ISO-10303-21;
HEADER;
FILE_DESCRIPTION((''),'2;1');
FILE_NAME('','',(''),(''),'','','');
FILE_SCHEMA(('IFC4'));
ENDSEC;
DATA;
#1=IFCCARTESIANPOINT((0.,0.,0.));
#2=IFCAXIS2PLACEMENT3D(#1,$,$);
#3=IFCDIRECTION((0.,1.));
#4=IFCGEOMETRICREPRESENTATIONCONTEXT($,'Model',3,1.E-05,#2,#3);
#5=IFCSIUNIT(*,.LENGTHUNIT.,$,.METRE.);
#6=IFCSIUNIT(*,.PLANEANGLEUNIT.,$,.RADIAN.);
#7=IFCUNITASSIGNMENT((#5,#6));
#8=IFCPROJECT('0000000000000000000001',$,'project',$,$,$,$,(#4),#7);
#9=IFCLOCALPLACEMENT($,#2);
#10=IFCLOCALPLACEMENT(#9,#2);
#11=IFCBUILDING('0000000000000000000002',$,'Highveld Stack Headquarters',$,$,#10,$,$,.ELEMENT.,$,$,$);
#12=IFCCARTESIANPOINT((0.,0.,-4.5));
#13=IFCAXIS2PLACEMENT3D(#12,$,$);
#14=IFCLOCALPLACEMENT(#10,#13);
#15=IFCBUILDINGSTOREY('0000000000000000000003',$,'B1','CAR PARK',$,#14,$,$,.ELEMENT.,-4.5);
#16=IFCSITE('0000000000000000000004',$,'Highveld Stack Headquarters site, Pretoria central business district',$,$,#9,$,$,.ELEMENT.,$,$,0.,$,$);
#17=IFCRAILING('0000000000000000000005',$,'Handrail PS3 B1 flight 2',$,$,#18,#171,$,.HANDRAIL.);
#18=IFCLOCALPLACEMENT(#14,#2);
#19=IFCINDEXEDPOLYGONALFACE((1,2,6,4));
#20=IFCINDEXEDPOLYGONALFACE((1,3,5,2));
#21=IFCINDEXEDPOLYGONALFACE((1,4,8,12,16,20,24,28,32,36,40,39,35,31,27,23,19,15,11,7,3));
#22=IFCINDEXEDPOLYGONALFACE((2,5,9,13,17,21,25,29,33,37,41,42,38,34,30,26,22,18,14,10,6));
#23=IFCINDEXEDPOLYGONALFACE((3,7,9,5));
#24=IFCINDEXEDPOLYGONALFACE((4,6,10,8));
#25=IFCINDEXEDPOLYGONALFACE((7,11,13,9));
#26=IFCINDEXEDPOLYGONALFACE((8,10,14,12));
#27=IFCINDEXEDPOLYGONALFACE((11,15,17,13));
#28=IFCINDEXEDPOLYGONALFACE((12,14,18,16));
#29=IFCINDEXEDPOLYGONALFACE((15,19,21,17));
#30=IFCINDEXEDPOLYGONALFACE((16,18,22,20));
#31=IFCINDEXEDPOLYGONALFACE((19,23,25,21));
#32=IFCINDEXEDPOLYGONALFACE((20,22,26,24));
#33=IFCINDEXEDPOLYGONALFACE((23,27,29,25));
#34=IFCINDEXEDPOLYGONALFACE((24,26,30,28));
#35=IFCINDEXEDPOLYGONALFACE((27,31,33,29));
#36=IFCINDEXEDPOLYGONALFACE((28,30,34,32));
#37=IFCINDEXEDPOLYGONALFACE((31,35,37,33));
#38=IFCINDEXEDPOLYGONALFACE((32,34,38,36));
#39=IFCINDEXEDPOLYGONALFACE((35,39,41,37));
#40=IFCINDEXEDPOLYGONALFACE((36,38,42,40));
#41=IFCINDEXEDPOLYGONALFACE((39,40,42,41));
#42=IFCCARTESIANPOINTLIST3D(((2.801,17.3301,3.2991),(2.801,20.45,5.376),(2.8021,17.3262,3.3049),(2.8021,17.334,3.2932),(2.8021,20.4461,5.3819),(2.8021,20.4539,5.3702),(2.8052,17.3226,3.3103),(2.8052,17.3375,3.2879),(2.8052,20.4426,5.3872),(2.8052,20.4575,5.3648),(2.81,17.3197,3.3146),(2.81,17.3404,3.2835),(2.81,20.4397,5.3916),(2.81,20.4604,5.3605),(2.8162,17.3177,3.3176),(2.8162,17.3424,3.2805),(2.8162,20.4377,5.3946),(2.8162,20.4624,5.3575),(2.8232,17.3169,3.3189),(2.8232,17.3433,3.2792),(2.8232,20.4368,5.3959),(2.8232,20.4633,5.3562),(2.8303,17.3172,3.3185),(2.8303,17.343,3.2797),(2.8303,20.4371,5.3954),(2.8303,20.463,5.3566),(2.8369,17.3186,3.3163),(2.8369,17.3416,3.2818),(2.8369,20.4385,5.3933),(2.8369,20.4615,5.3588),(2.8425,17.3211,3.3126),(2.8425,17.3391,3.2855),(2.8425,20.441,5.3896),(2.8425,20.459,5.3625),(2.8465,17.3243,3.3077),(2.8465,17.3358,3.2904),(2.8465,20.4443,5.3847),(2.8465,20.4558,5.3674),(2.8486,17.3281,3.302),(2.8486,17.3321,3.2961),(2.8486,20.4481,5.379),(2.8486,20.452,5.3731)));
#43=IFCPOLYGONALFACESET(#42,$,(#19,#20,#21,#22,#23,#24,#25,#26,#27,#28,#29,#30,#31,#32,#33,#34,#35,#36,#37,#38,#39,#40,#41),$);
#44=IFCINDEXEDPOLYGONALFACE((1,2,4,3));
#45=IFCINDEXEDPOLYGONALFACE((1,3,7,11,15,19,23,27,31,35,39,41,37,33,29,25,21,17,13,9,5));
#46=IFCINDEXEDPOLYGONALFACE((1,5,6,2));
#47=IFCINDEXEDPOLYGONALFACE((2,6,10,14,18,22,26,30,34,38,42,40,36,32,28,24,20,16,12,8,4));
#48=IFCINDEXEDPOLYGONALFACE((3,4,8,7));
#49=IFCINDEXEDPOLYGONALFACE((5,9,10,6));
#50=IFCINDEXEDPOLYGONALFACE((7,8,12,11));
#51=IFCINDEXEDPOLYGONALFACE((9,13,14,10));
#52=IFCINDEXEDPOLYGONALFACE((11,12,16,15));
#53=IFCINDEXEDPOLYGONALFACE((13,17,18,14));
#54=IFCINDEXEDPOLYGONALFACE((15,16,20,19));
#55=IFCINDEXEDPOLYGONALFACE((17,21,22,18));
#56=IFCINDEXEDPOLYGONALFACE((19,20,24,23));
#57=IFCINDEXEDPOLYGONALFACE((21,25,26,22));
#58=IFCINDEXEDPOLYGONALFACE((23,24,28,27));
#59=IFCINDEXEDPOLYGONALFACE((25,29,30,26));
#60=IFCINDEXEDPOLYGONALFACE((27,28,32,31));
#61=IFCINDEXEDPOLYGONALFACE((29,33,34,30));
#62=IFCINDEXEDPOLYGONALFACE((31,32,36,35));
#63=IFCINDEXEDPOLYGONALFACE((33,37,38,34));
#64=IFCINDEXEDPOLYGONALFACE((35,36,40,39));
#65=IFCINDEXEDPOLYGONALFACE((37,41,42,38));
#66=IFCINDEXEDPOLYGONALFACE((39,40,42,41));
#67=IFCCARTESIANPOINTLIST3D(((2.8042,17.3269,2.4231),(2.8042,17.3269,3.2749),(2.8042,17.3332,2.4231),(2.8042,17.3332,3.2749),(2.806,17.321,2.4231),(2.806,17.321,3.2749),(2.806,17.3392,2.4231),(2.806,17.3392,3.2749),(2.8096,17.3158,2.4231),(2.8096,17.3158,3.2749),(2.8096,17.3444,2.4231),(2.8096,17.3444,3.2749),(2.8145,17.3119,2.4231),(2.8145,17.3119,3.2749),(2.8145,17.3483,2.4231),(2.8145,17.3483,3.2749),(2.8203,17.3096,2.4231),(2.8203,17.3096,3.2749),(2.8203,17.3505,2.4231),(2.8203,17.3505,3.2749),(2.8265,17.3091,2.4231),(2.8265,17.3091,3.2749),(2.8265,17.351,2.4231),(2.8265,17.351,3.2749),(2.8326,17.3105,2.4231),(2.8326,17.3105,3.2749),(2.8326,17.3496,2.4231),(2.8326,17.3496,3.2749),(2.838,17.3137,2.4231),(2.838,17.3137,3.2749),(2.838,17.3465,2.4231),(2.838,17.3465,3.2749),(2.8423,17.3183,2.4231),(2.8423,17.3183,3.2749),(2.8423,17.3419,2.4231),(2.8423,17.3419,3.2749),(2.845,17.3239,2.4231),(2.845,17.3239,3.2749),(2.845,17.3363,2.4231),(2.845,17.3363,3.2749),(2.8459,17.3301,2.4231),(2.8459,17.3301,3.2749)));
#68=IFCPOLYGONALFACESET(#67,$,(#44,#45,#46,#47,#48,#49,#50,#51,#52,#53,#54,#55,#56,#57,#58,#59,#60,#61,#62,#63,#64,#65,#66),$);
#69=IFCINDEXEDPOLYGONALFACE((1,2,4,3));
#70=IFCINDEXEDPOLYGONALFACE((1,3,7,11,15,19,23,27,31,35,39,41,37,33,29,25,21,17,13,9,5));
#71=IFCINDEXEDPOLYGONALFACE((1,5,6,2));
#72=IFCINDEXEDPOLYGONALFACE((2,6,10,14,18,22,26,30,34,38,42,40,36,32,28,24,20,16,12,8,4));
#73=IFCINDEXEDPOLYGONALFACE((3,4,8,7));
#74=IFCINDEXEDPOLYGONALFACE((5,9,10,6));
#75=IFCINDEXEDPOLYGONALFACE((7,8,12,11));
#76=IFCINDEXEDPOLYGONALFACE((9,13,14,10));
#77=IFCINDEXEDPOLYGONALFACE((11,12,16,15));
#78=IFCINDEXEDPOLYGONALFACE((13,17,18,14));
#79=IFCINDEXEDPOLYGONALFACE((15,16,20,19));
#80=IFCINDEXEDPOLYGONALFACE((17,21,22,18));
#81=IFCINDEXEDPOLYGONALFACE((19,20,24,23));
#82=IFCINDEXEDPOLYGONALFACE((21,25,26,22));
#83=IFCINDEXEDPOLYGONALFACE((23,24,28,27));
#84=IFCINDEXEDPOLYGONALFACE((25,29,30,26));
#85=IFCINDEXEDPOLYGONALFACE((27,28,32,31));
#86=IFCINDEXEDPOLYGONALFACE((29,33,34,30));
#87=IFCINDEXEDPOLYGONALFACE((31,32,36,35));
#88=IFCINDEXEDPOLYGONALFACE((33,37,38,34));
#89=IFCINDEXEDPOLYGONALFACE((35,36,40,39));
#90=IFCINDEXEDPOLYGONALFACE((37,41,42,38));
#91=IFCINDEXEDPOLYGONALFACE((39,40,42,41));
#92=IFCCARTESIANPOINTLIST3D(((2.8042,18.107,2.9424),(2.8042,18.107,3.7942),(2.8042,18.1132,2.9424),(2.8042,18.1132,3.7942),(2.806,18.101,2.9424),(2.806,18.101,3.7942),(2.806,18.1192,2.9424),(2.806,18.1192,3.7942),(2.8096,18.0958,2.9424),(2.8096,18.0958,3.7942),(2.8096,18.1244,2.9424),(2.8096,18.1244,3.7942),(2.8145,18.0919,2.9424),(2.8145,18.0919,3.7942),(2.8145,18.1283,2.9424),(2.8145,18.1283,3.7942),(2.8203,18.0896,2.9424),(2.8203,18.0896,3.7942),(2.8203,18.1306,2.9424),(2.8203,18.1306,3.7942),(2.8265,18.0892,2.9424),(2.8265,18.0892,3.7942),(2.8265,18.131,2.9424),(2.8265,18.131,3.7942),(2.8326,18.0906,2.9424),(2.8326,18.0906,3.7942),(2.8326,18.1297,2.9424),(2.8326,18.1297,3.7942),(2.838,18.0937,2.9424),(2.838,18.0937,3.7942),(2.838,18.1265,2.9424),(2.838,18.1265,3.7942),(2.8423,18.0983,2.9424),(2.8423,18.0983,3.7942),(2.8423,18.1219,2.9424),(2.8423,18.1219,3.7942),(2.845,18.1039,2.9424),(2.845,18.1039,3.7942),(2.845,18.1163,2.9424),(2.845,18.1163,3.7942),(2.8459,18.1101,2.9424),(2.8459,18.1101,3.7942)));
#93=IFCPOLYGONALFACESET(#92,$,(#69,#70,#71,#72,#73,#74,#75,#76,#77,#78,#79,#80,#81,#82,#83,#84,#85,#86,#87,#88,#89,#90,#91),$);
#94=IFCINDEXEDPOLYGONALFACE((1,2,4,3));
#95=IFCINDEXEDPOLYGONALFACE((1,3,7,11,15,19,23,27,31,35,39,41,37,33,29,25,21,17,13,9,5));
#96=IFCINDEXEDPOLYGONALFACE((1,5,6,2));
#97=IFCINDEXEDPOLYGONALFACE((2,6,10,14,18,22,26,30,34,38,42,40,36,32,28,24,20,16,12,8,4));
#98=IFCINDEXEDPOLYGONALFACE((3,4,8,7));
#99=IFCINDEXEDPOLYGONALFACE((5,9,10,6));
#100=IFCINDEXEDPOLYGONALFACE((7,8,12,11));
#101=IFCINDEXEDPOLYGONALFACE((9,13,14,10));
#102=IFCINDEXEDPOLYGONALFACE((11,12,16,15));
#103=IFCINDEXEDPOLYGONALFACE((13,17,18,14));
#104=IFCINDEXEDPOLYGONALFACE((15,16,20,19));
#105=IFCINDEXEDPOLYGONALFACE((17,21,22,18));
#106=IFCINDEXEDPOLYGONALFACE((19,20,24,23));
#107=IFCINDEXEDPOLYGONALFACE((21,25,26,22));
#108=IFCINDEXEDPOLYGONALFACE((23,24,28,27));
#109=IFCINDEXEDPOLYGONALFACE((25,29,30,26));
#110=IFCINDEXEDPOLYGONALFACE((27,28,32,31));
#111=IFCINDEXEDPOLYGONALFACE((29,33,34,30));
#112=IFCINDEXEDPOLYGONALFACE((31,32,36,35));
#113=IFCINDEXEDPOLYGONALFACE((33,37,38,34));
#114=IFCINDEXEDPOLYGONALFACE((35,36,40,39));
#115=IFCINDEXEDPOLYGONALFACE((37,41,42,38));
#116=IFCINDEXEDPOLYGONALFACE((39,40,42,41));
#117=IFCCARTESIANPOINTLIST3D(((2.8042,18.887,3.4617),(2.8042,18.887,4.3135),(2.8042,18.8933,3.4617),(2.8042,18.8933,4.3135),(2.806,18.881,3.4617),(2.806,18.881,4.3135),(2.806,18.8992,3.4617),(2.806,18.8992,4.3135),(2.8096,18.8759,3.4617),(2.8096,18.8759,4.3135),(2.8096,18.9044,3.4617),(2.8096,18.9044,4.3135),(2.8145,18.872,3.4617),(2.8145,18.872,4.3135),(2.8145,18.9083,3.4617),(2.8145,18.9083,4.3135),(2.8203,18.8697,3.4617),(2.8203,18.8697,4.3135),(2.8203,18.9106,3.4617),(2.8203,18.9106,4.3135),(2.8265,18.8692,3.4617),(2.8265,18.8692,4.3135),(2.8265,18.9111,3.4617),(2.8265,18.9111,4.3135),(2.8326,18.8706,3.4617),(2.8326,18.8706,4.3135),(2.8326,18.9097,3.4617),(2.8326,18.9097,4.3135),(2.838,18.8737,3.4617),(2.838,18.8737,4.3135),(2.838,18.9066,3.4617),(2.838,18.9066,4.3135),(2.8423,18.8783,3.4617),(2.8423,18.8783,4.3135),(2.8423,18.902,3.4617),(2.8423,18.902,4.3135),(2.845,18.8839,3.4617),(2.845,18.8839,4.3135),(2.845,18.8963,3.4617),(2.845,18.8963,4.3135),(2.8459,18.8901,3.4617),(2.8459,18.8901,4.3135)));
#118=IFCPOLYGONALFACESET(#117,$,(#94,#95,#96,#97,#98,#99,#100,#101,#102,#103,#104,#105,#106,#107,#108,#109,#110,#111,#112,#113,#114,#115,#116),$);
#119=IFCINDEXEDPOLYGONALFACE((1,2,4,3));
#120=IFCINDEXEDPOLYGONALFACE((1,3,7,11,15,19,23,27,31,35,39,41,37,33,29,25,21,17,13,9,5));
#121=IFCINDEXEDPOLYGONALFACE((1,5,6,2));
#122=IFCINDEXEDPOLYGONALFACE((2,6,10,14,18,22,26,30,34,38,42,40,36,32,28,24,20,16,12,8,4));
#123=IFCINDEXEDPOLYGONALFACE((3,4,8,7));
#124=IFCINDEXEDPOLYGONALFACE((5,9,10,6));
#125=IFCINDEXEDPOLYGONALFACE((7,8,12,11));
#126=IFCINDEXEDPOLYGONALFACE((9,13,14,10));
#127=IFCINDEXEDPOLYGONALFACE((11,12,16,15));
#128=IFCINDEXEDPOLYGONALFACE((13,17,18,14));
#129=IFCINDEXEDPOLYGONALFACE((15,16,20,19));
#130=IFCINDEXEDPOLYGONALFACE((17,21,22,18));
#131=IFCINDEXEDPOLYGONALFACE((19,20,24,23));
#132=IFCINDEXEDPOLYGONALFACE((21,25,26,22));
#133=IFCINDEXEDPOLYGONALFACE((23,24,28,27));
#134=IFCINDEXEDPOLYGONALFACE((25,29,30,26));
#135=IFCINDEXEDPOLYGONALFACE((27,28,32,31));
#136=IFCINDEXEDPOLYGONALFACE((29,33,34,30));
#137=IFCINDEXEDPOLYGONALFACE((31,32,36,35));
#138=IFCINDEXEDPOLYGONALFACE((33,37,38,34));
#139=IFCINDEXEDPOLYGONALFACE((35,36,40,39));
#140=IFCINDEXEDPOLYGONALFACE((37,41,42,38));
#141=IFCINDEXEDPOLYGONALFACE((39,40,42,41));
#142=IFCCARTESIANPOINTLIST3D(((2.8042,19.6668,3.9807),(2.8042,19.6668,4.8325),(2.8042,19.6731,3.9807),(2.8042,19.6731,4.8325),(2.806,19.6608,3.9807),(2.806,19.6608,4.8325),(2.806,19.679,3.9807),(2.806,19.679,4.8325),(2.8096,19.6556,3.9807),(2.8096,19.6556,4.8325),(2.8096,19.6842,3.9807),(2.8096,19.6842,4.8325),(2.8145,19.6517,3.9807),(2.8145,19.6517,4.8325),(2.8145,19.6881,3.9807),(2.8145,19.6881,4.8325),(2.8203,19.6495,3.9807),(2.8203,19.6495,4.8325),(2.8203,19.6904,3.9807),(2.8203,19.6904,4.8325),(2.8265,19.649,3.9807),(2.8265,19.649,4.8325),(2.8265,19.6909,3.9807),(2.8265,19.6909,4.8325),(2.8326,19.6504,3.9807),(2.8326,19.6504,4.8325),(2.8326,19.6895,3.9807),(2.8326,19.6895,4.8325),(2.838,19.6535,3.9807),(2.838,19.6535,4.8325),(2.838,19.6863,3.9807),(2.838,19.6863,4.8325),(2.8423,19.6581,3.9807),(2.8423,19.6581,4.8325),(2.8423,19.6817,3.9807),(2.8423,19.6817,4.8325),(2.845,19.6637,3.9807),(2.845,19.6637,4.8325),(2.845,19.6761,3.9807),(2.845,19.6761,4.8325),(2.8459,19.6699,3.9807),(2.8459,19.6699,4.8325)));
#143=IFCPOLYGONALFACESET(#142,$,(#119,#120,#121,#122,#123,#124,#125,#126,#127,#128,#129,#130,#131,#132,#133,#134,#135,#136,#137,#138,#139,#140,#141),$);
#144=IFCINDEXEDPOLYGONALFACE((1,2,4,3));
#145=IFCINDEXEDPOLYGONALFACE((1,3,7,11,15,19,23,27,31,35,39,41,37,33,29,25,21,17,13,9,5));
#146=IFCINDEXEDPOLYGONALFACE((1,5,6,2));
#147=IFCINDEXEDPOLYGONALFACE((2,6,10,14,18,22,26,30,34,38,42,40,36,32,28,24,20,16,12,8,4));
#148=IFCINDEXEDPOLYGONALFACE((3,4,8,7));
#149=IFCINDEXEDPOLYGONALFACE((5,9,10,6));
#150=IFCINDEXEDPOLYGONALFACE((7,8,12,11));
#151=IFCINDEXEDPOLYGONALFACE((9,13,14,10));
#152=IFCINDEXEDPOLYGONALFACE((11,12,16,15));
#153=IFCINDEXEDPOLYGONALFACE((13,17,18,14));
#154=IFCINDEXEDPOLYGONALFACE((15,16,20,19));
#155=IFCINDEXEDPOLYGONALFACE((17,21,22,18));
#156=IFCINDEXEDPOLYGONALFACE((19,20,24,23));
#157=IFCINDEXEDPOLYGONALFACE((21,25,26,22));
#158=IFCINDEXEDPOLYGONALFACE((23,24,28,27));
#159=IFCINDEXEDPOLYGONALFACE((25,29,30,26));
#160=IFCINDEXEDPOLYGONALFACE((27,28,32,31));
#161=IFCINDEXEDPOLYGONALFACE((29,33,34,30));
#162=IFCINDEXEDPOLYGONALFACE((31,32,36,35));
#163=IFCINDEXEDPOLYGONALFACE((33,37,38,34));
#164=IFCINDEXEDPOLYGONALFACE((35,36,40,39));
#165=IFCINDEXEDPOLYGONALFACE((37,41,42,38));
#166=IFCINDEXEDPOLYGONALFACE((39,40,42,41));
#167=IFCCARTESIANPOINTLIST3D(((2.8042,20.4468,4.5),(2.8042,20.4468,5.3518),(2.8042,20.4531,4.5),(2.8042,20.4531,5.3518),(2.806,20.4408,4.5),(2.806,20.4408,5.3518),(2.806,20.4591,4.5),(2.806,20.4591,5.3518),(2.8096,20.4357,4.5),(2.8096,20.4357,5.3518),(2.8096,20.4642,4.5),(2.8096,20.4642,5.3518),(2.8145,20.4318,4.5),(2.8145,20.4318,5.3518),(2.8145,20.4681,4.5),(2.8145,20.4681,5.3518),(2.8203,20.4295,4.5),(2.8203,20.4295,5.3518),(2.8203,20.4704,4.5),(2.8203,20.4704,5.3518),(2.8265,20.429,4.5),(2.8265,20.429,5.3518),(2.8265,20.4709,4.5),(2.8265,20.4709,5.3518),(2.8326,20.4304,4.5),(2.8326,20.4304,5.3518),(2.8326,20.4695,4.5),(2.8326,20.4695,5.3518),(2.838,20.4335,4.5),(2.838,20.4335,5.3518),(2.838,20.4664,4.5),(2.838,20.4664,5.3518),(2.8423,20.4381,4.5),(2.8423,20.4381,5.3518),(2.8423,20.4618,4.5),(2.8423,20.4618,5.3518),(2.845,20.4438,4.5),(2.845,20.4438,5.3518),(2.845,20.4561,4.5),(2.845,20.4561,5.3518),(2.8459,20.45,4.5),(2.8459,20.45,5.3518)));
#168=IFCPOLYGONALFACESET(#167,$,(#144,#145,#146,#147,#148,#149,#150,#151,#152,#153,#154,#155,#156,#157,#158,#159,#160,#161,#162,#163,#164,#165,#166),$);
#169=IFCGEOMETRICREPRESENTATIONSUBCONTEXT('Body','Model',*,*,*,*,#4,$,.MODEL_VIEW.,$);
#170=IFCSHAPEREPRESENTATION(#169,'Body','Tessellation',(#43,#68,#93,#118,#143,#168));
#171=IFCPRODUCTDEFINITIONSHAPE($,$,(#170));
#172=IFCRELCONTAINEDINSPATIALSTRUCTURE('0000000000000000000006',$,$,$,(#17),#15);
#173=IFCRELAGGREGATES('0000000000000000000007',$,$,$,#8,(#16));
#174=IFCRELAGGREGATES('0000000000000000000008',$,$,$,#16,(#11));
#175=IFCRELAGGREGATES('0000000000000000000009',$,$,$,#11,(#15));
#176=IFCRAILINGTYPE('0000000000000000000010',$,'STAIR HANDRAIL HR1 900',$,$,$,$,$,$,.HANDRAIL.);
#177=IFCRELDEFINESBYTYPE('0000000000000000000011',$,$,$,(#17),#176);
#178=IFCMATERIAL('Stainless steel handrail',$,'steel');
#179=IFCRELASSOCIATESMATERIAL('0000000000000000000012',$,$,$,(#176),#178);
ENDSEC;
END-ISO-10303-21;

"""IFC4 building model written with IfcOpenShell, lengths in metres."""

from ifc_helpers import new_model, si_unit, direction, frame, origin, origin_2d, place, context, subcontext, project, spatial, circle, extrude, material, type_object, element, save


model = new_model("IFC4")

# Units and contexts
model_context = context("Model", 3, precision=1e-05, world=origin(), true_north=direction((0.0, 1.0)))
body_context = subcontext(model_context, "Body", "Model", "MODEL_VIEW")
ifc_project = project(units=[si_unit("LENGTHUNIT", "METRE"), si_unit("PLANEANGLEUNIT", "RADIAN")], contexts=[model_context])

# Site, building, storey
site_placement = place(None, origin())
site = spatial("IfcSite", under=ifc_project, at=site_placement, Name="Highveld Stack Headquarters site, Pretoria central business district", CompositionType="ELEMENT", RefElevation=0.0)
building_placement = place(site_placement, origin())
building = spatial("IfcBuilding", under=site, at=building_placement, Name="Highveld Stack Headquarters", CompositionType="ELEMENT")
storey_placement = place(building_placement, frame((0.0, 0.0, -4.5)))
storey = spatial("IfcBuildingStorey", under=building, at=storey_placement, Name="B1", Description="CAR PARK", CompositionType="ELEMENT", Elevation=-4.5)

# Railing
ifc_material_1 = material(Name="Stainless steel handrail", Category="steel")
railing_type = type_object("IfcRailingType", Name="STAIR HANDRAIL HR1 900", PredefinedType="HANDRAIL", material=ifc_material_1)
for number, where, name in (
    (1, (2.825, 17.3301, 2.4231), "Handrail PS3 B1 flight 2"),
):
    element("IfcRailing", number, at=place(storey_placement, frame(where)), inside=storey, type_object=railing_type, Name=name, PredefinedType="HANDRAIL", context=body_context, shape_type="SweptSolid", body=[
        extrude(circle(Radius=0.0239, at=origin_2d()), frame((0.0, 0.0, 0.876), z_axis=(0.0, 0.832421, 0.554144), x_axis=(-1.0, 0.0, 0.0)), (0.0, 0.0, 1.0), 3.748),
        extrude(circle(Radius=0.021, at=origin_2d()), origin(), (0.0, 0.0, 1.0), 0.8518),
        extrude(circle(Radius=0.021, at=origin_2d()), frame((0.0, 0.78, 0.5193)), (0.0, 0.0, 1.0), 0.8518),
        extrude(circle(Radius=0.021, at=origin_2d()), frame((0.0, 1.5601, 1.0386)), (0.0, 0.0, 1.0), 0.8518),
        extrude(circle(Radius=0.021, at=origin_2d()), frame((0.0, 2.3398, 1.5576)), (0.0, 0.0, 1.0), 0.8518),
        extrude(circle(Radius=0.021, at=origin_2d()), frame((0.0, 3.1199, 2.0769)), (0.0, 0.0, 1.0), 0.8518),
    ])

save(model, "model.ifc")
